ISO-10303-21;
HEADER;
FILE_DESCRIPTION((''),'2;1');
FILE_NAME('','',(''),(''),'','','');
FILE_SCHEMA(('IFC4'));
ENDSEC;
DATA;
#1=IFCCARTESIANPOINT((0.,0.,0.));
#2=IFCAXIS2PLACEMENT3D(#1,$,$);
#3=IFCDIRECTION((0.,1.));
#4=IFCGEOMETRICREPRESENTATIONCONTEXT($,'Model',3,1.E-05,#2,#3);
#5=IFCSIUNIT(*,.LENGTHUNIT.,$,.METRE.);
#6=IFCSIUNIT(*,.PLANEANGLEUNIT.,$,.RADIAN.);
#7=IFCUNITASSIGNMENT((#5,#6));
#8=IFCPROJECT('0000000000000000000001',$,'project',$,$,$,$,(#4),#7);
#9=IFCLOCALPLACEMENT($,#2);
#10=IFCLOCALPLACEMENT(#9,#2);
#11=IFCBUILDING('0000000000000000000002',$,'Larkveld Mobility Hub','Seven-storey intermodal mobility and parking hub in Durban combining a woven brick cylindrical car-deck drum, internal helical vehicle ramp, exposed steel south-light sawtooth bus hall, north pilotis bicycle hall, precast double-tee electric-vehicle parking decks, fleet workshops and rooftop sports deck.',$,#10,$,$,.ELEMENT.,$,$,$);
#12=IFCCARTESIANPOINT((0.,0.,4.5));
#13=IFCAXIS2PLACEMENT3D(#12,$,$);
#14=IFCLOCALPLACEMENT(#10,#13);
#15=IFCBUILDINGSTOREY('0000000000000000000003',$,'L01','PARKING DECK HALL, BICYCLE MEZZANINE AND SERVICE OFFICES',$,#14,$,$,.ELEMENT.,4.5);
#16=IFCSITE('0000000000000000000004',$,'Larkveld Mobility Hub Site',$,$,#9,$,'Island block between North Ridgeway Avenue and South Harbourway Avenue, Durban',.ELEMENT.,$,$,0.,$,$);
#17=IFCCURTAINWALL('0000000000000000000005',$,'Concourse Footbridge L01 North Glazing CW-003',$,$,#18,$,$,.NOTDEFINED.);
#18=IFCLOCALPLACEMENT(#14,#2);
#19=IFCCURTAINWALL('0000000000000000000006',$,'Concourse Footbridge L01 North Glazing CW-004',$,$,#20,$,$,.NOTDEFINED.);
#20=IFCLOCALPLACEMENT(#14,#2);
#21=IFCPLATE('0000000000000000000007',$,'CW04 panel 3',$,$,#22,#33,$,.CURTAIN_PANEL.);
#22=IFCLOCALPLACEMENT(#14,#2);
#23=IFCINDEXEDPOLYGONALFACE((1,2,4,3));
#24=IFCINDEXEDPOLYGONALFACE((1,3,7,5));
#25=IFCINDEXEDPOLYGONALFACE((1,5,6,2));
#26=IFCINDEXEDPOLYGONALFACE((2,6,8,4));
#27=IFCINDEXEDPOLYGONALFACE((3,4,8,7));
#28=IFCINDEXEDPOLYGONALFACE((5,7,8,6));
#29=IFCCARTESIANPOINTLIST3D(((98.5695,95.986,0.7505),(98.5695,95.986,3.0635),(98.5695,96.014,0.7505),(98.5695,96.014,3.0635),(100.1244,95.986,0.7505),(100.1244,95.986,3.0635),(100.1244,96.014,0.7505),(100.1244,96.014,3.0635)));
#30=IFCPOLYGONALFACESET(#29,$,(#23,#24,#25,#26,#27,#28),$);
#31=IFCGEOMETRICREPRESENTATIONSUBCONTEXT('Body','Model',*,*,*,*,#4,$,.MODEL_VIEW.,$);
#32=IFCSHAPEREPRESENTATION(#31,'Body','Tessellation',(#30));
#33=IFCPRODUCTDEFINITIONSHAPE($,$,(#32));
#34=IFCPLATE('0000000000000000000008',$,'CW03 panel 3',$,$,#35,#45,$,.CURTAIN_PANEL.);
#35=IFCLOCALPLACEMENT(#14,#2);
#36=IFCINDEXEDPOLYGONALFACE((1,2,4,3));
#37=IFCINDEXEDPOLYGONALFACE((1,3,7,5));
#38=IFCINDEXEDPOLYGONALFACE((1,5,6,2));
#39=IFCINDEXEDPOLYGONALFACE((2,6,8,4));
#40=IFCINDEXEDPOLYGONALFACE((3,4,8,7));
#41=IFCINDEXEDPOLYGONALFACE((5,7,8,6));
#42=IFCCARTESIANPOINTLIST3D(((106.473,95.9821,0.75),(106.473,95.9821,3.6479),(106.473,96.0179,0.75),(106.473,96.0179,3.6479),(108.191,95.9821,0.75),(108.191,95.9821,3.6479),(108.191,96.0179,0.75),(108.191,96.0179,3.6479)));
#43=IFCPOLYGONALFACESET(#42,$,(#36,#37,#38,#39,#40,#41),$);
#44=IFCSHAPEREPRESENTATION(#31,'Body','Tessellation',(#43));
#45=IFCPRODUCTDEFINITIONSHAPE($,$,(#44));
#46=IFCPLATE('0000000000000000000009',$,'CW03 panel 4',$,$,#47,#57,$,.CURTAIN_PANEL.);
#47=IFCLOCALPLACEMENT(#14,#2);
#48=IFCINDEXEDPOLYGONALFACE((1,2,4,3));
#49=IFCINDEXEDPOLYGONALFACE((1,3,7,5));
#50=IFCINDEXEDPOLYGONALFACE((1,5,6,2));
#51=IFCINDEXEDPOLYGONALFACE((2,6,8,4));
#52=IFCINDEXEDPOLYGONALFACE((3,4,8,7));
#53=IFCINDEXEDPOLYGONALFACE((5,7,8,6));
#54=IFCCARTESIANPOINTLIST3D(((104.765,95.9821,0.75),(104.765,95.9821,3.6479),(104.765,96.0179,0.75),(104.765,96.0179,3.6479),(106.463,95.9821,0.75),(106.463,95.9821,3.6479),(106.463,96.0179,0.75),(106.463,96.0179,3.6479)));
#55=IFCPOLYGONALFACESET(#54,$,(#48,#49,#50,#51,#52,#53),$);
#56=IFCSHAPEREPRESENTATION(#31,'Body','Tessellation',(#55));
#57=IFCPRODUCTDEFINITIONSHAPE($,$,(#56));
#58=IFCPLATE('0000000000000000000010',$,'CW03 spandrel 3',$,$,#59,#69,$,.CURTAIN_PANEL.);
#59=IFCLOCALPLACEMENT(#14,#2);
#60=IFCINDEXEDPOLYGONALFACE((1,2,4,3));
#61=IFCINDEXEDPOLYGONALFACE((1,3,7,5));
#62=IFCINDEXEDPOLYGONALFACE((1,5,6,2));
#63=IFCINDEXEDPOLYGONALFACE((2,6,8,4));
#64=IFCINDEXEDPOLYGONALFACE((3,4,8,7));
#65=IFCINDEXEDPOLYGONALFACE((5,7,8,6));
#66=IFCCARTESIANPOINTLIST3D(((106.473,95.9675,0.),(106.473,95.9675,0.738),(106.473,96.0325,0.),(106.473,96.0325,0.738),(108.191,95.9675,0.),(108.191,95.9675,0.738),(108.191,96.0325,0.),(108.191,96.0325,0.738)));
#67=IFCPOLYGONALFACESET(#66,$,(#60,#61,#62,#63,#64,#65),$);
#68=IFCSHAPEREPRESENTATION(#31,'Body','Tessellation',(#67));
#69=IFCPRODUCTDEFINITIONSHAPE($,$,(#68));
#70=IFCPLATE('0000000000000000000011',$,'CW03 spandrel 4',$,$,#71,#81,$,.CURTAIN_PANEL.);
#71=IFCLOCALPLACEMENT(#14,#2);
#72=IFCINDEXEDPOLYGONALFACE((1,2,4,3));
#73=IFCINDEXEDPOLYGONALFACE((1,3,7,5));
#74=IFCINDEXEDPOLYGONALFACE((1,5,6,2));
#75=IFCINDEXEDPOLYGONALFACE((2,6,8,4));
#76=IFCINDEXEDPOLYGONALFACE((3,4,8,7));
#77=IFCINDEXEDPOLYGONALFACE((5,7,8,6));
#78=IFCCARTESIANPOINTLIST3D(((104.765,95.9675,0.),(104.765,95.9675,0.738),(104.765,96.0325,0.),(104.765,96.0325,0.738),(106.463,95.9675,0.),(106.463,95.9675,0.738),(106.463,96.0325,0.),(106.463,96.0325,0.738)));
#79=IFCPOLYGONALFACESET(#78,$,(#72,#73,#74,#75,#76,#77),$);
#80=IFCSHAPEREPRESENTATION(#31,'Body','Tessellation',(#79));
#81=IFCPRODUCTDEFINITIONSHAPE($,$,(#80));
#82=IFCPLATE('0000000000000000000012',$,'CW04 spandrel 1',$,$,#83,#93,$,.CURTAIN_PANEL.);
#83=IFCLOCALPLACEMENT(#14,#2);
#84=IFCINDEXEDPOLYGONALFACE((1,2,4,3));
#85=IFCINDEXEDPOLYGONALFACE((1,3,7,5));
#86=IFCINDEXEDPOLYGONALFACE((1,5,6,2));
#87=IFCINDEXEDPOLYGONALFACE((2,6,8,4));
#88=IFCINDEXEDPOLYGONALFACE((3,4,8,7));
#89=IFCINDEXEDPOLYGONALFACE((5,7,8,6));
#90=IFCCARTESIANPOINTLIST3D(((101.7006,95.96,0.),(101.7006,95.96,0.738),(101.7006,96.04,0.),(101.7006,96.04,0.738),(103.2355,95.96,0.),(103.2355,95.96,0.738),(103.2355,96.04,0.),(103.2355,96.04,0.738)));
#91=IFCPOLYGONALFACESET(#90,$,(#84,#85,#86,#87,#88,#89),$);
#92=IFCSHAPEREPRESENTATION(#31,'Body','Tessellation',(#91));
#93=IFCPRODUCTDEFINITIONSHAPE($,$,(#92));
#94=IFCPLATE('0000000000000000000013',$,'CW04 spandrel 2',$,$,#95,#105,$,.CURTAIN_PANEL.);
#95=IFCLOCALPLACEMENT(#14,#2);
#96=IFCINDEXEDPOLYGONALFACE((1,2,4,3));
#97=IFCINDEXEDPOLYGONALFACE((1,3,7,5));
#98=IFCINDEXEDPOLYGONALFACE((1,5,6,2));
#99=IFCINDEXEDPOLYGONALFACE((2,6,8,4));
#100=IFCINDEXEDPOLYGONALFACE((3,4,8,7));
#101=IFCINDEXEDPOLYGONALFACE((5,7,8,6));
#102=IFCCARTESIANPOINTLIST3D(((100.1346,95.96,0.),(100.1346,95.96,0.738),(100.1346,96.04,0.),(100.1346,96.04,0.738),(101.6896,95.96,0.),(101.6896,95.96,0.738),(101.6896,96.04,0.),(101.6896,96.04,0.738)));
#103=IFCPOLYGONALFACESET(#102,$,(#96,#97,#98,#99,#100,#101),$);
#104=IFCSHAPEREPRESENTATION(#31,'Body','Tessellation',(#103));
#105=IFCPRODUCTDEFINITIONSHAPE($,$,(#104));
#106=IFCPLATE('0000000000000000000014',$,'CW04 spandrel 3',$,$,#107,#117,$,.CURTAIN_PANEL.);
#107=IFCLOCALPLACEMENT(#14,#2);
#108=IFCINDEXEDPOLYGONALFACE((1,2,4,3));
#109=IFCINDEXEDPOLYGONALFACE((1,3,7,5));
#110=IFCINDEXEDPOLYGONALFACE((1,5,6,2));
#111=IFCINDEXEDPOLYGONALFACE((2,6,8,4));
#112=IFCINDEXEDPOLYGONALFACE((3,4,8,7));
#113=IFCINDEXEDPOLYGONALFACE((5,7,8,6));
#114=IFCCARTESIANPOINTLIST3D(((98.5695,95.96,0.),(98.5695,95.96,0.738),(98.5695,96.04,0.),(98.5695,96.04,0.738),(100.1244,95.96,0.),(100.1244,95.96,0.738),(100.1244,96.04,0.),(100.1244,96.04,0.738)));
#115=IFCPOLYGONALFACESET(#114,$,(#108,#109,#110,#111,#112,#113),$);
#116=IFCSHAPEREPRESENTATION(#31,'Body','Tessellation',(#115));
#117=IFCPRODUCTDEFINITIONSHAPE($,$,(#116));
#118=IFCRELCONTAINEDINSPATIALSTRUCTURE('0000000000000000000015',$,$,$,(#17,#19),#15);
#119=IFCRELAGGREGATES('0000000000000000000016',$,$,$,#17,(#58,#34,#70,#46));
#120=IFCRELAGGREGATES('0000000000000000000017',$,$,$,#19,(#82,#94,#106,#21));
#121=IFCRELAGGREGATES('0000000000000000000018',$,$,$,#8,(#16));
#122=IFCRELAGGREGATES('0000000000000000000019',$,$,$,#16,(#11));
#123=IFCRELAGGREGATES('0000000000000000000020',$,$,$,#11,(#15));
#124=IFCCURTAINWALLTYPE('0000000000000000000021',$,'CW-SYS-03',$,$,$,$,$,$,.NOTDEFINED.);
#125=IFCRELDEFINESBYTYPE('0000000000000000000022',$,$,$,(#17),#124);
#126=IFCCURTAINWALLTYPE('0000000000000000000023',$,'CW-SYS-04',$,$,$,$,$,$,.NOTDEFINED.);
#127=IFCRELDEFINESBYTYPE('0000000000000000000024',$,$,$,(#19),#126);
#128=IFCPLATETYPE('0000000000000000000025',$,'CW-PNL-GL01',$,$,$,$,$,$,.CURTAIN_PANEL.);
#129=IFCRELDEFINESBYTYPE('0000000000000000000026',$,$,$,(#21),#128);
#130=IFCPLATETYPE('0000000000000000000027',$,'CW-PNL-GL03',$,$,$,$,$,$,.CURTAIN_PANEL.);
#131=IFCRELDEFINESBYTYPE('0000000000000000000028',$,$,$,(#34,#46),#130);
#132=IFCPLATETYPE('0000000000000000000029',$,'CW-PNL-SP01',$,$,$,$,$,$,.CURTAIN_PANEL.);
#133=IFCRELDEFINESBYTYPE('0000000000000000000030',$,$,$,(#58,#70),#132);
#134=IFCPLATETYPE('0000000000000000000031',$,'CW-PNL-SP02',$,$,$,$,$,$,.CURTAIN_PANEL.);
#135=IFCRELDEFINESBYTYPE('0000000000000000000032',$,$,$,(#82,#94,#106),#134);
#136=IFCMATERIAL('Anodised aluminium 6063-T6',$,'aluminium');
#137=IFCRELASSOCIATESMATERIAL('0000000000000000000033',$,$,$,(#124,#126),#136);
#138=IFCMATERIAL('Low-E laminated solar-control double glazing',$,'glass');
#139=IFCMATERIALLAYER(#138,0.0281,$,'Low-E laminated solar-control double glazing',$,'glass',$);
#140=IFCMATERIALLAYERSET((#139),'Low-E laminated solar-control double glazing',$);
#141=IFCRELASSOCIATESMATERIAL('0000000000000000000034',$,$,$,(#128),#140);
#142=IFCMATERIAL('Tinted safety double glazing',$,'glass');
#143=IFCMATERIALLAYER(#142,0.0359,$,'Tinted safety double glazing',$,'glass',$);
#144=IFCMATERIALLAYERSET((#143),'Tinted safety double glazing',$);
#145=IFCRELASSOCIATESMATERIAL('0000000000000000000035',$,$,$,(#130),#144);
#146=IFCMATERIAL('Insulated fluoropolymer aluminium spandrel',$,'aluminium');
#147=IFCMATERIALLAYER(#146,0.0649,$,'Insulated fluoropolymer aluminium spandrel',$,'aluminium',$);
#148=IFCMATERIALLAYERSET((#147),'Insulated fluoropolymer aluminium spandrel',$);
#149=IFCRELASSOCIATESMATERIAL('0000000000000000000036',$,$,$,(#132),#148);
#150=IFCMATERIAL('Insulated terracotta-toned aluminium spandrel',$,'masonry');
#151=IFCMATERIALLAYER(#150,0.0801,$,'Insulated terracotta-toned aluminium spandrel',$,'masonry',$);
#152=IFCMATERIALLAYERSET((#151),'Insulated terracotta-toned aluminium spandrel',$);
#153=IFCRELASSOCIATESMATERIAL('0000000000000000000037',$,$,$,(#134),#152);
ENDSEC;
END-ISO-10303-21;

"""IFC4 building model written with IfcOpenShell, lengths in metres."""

from ifc_helpers import new_model, si_unit, direction, frame, origin, origin_2d, place, context, subcontext, project, spatial, rectangle, extrude, material, layer, layer_set, type_object, element, aggregate, save


model = new_model("IFC4")

# Units and contexts
model_context = context("Model", 3, precision=1e-05, world=origin(), true_north=direction((0.0, 1.0)))
body_context = subcontext(model_context, "Body", "Model", "MODEL_VIEW")
ifc_project = project(units=[si_unit("LENGTHUNIT", "METRE"), si_unit("PLANEANGLEUNIT", "RADIAN")], contexts=[model_context])

# Site, building, storey
site_placement = place(None, origin())
site = spatial("IfcSite", under=ifc_project, at=site_placement, Name="Larkveld Mobility Hub Site", LongName="Island block between North Ridgeway Avenue and South Harbourway Avenue, Durban", CompositionType="ELEMENT", RefElevation=0.0)
building_placement = place(site_placement, origin())
building = spatial("IfcBuilding", under=site, at=building_placement, Name="Larkveld Mobility Hub", Description="Seven-storey intermodal mobility and parking hub in Durban combining a woven brick cylindrical car-deck drum, internal helical vehicle ramp, exposed steel south-light sawtooth bus hall, north pilotis bicycle hall, precast double-tee electric-vehicle parking decks, fleet workshops and rooftop sports deck.", CompositionType="ELEMENT")
storey_placement = place(building_placement, frame((0.0, 0.0, 4.5)))
storey = spatial("IfcBuildingStorey", under=building, at=storey_placement, Name="L01", Description="PARKING DECK HALL, BICYCLE MEZZANINE AND SERVICE OFFICES", CompositionType="ELEMENT", Elevation=4.5)

# Curtain walls
ifc_material_1 = material(Name="Anodised aluminium 6063-T6", Category="aluminium")
curtain_wall_type_1 = type_object("IfcCurtainWallType", Name="CW-SYS-03", PredefinedType="NOTDEFINED", material=ifc_material_1)
curtain_wall_1_placement = place(storey_placement, origin())
curtain_wall_1 = element("IfcCurtainWall", 1, at=curtain_wall_1_placement, inside=storey, type_object=curtain_wall_type_1, Name="Concourse Footbridge L01 North Glazing CW-003", PredefinedType="NOTDEFINED")
curtain_wall_type_2 = type_object("IfcCurtainWallType", Name="CW-SYS-04", PredefinedType="NOTDEFINED", material=ifc_material_1)
curtain_wall_2_placement = place(storey_placement, origin())
curtain_wall_2 = element("IfcCurtainWall", 2, at=curtain_wall_2_placement, inside=storey, type_object=curtain_wall_type_2, Name="Concourse Footbridge L01 North Glazing CW-004", PredefinedType="NOTDEFINED")

# Plates
ifc_material_2 = material(Name="Low-E laminated solar-control double glazing", Category="glass")
ifc_layer_1 = layer(ifc_material_2, 0.0281, Name="Low-E laminated solar-control double glazing", Category="glass")
ifc_layer_set_1 = layer_set([ifc_layer_1], Name="Low-E laminated solar-control double glazing")
plate_type_1 = type_object("IfcPlateType", Name="CW-PNL-GL01", PredefinedType="CURTAIN_PANEL", material=ifc_layer_set_1)
plate_1_placement = place(storey_placement, frame((99.3469, 96.0, 0.7505), z_axis=(0.0, 0.0, 1.0), x_axis=(-1.0, 0.0, 0.0)))
plate_1 = element("IfcPlate", 3, at=plate_1_placement, type_object=plate_type_1, Name="CW04 panel 3", PredefinedType="CURTAIN_PANEL", context=body_context, shape_type="SweptSolid", body=[
    extrude(rectangle(XDim=1.5549, YDim=0.0281, at=origin_2d()), origin(), (0.0, 0.0, 1.0), 2.313),
])
ifc_material_3 = material(Name="Tinted safety double glazing", Category="glass")
ifc_layer_2 = layer(ifc_material_3, 0.0359, Name="Tinted safety double glazing", Category="glass")
ifc_layer_set_2 = layer_set([ifc_layer_2], Name="Tinted safety double glazing")
plate_type_2 = type_object("IfcPlateType", Name="CW-PNL-GL03", PredefinedType="CURTAIN_PANEL", material=ifc_layer_set_2)
plate_2_placement = place(storey_placement, frame((107.332, 96.0, 0.75), z_axis=(0.0, 0.0, 1.0), x_axis=(-1.0, 0.0, 0.0)))
plate_2 = element("IfcPlate", 4, at=plate_2_placement, type_object=plate_type_2, Name="CW03 panel 3", PredefinedType="CURTAIN_PANEL", context=body_context, shape_type="SweptSolid", body=[
    extrude(rectangle(XDim=1.718, YDim=0.0359, at=origin_2d()), origin(), (0.0, 0.0, 1.0), 2.8979),
])
plate_3_placement = place(storey_placement, frame((105.614, 96.0, 0.75), z_axis=(0.0, 0.0, 1.0), x_axis=(-1.0, 0.0, 0.0)))
plate_3 = element("IfcPlate", 5, at=plate_3_placement, type_object=plate_type_2, Name="CW03 panel 4", PredefinedType="CURTAIN_PANEL", context=body_context, shape_type="SweptSolid", body=[
    extrude(rectangle(XDim=1.698, YDim=0.0359, at=origin_2d()), origin(), (0.0, 0.0, 1.0), 2.8979),
])
ifc_material_4 = material(Name="Insulated fluoropolymer aluminium spandrel", Category="aluminium")
ifc_layer_3 = layer(ifc_material_4, 0.0649, Name="Insulated fluoropolymer aluminium spandrel", Category="aluminium")
ifc_layer_set_3 = layer_set([ifc_layer_3], Name="Insulated fluoropolymer aluminium spandrel")
plate_type_3 = type_object("IfcPlateType", Name="CW-PNL-SP01", PredefinedType="CURTAIN_PANEL", material=ifc_layer_set_3)
plate_4_placement = place(storey_placement, frame((107.332, 96.0, 0.0), z_axis=(0.0, 0.0, 1.0), x_axis=(-1.0, 0.0, 0.0)))
plate_4 = element("IfcPlate", 6, at=plate_4_placement, type_object=plate_type_3, Name="CW03 spandrel 3", PredefinedType="CURTAIN_PANEL", context=body_context, shape_type="SweptSolid", body=[
    extrude(rectangle(XDim=1.718, YDim=0.0649, at=origin_2d()), origin(), (0.0, 0.0, 1.0), 0.738),
])
plate_5_placement = place(storey_placement, frame((105.614, 96.0, 0.0), z_axis=(0.0, 0.0, 1.0), x_axis=(-1.0, 0.0, 0.0)))
plate_5 = element("IfcPlate", 7, at=plate_5_placement, type_object=plate_type_3, Name="CW03 spandrel 4", PredefinedType="CURTAIN_PANEL", context=body_context, shape_type="SweptSolid", body=[
    extrude(rectangle(XDim=1.698, YDim=0.0649, at=origin_2d()), origin(), (0.0, 0.0, 1.0), 0.738),
])
aggregate(curtain_wall_1, [plate_4, plate_2, plate_5, plate_3])
ifc_material_5 = material(Name="Insulated terracotta-toned aluminium spandrel", Category="masonry")
ifc_layer_4 = layer(ifc_material_5, 0.0801, Name="Insulated terracotta-toned aluminium spandrel", Category="masonry")
ifc_layer_set_4 = layer_set([ifc_layer_4], Name="Insulated terracotta-toned aluminium spandrel")
plate_type_4 = type_object("IfcPlateType", Name="CW-PNL-SP02", PredefinedType="CURTAIN_PANEL", material=ifc_layer_set_4)
plate_6_placement = place(storey_placement, frame((102.468, 96.0, 0.0), z_axis=(0.0, 0.0, 1.0), x_axis=(-1.0, 0.0, 0.0)))
plate_6 = element("IfcPlate", 8, at=plate_6_placement, type_object=plate_type_4, Name="CW04 spandrel 1", PredefinedType="CURTAIN_PANEL", context=body_context, shape_type="SweptSolid", body=[
    extrude(rectangle(XDim=1.5349, YDim=0.0801, at=origin_2d()), origin(), (0.0, 0.0, 1.0), 0.738),
])
plate_7_placement = place(storey_placement, frame((100.9121, 96.0, 0.0), z_axis=(0.0, 0.0, 1.0), x_axis=(-1.0, 0.0, 0.0)))
plate_7 = element("IfcPlate", 9, at=plate_7_placement, type_object=plate_type_4, Name="CW04 spandrel 2", PredefinedType="CURTAIN_PANEL", context=body_context, shape_type="SweptSolid", body=[
    extrude(rectangle(XDim=1.5549, YDim=0.0801, at=origin_2d()), origin(), (0.0, 0.0, 1.0), 0.738),
])
plate_8_placement = place(storey_placement, frame((99.3469, 96.0, 0.0), z_axis=(0.0, 0.0, 1.0), x_axis=(-1.0, 0.0, 0.0)))
plate_8 = element("IfcPlate", 10, at=plate_8_placement, type_object=plate_type_4, Name="CW04 spandrel 3", PredefinedType="CURTAIN_PANEL", context=body_context, shape_type="SweptSolid", body=[
    extrude(rectangle(XDim=1.5549, YDim=0.0801, at=origin_2d()), origin(), (0.0, 0.0, 1.0), 0.738),
])
aggregate(curtain_wall_2, [plate_6, plate_7, plate_8, plate_1])

save(model, "model.ifc")
